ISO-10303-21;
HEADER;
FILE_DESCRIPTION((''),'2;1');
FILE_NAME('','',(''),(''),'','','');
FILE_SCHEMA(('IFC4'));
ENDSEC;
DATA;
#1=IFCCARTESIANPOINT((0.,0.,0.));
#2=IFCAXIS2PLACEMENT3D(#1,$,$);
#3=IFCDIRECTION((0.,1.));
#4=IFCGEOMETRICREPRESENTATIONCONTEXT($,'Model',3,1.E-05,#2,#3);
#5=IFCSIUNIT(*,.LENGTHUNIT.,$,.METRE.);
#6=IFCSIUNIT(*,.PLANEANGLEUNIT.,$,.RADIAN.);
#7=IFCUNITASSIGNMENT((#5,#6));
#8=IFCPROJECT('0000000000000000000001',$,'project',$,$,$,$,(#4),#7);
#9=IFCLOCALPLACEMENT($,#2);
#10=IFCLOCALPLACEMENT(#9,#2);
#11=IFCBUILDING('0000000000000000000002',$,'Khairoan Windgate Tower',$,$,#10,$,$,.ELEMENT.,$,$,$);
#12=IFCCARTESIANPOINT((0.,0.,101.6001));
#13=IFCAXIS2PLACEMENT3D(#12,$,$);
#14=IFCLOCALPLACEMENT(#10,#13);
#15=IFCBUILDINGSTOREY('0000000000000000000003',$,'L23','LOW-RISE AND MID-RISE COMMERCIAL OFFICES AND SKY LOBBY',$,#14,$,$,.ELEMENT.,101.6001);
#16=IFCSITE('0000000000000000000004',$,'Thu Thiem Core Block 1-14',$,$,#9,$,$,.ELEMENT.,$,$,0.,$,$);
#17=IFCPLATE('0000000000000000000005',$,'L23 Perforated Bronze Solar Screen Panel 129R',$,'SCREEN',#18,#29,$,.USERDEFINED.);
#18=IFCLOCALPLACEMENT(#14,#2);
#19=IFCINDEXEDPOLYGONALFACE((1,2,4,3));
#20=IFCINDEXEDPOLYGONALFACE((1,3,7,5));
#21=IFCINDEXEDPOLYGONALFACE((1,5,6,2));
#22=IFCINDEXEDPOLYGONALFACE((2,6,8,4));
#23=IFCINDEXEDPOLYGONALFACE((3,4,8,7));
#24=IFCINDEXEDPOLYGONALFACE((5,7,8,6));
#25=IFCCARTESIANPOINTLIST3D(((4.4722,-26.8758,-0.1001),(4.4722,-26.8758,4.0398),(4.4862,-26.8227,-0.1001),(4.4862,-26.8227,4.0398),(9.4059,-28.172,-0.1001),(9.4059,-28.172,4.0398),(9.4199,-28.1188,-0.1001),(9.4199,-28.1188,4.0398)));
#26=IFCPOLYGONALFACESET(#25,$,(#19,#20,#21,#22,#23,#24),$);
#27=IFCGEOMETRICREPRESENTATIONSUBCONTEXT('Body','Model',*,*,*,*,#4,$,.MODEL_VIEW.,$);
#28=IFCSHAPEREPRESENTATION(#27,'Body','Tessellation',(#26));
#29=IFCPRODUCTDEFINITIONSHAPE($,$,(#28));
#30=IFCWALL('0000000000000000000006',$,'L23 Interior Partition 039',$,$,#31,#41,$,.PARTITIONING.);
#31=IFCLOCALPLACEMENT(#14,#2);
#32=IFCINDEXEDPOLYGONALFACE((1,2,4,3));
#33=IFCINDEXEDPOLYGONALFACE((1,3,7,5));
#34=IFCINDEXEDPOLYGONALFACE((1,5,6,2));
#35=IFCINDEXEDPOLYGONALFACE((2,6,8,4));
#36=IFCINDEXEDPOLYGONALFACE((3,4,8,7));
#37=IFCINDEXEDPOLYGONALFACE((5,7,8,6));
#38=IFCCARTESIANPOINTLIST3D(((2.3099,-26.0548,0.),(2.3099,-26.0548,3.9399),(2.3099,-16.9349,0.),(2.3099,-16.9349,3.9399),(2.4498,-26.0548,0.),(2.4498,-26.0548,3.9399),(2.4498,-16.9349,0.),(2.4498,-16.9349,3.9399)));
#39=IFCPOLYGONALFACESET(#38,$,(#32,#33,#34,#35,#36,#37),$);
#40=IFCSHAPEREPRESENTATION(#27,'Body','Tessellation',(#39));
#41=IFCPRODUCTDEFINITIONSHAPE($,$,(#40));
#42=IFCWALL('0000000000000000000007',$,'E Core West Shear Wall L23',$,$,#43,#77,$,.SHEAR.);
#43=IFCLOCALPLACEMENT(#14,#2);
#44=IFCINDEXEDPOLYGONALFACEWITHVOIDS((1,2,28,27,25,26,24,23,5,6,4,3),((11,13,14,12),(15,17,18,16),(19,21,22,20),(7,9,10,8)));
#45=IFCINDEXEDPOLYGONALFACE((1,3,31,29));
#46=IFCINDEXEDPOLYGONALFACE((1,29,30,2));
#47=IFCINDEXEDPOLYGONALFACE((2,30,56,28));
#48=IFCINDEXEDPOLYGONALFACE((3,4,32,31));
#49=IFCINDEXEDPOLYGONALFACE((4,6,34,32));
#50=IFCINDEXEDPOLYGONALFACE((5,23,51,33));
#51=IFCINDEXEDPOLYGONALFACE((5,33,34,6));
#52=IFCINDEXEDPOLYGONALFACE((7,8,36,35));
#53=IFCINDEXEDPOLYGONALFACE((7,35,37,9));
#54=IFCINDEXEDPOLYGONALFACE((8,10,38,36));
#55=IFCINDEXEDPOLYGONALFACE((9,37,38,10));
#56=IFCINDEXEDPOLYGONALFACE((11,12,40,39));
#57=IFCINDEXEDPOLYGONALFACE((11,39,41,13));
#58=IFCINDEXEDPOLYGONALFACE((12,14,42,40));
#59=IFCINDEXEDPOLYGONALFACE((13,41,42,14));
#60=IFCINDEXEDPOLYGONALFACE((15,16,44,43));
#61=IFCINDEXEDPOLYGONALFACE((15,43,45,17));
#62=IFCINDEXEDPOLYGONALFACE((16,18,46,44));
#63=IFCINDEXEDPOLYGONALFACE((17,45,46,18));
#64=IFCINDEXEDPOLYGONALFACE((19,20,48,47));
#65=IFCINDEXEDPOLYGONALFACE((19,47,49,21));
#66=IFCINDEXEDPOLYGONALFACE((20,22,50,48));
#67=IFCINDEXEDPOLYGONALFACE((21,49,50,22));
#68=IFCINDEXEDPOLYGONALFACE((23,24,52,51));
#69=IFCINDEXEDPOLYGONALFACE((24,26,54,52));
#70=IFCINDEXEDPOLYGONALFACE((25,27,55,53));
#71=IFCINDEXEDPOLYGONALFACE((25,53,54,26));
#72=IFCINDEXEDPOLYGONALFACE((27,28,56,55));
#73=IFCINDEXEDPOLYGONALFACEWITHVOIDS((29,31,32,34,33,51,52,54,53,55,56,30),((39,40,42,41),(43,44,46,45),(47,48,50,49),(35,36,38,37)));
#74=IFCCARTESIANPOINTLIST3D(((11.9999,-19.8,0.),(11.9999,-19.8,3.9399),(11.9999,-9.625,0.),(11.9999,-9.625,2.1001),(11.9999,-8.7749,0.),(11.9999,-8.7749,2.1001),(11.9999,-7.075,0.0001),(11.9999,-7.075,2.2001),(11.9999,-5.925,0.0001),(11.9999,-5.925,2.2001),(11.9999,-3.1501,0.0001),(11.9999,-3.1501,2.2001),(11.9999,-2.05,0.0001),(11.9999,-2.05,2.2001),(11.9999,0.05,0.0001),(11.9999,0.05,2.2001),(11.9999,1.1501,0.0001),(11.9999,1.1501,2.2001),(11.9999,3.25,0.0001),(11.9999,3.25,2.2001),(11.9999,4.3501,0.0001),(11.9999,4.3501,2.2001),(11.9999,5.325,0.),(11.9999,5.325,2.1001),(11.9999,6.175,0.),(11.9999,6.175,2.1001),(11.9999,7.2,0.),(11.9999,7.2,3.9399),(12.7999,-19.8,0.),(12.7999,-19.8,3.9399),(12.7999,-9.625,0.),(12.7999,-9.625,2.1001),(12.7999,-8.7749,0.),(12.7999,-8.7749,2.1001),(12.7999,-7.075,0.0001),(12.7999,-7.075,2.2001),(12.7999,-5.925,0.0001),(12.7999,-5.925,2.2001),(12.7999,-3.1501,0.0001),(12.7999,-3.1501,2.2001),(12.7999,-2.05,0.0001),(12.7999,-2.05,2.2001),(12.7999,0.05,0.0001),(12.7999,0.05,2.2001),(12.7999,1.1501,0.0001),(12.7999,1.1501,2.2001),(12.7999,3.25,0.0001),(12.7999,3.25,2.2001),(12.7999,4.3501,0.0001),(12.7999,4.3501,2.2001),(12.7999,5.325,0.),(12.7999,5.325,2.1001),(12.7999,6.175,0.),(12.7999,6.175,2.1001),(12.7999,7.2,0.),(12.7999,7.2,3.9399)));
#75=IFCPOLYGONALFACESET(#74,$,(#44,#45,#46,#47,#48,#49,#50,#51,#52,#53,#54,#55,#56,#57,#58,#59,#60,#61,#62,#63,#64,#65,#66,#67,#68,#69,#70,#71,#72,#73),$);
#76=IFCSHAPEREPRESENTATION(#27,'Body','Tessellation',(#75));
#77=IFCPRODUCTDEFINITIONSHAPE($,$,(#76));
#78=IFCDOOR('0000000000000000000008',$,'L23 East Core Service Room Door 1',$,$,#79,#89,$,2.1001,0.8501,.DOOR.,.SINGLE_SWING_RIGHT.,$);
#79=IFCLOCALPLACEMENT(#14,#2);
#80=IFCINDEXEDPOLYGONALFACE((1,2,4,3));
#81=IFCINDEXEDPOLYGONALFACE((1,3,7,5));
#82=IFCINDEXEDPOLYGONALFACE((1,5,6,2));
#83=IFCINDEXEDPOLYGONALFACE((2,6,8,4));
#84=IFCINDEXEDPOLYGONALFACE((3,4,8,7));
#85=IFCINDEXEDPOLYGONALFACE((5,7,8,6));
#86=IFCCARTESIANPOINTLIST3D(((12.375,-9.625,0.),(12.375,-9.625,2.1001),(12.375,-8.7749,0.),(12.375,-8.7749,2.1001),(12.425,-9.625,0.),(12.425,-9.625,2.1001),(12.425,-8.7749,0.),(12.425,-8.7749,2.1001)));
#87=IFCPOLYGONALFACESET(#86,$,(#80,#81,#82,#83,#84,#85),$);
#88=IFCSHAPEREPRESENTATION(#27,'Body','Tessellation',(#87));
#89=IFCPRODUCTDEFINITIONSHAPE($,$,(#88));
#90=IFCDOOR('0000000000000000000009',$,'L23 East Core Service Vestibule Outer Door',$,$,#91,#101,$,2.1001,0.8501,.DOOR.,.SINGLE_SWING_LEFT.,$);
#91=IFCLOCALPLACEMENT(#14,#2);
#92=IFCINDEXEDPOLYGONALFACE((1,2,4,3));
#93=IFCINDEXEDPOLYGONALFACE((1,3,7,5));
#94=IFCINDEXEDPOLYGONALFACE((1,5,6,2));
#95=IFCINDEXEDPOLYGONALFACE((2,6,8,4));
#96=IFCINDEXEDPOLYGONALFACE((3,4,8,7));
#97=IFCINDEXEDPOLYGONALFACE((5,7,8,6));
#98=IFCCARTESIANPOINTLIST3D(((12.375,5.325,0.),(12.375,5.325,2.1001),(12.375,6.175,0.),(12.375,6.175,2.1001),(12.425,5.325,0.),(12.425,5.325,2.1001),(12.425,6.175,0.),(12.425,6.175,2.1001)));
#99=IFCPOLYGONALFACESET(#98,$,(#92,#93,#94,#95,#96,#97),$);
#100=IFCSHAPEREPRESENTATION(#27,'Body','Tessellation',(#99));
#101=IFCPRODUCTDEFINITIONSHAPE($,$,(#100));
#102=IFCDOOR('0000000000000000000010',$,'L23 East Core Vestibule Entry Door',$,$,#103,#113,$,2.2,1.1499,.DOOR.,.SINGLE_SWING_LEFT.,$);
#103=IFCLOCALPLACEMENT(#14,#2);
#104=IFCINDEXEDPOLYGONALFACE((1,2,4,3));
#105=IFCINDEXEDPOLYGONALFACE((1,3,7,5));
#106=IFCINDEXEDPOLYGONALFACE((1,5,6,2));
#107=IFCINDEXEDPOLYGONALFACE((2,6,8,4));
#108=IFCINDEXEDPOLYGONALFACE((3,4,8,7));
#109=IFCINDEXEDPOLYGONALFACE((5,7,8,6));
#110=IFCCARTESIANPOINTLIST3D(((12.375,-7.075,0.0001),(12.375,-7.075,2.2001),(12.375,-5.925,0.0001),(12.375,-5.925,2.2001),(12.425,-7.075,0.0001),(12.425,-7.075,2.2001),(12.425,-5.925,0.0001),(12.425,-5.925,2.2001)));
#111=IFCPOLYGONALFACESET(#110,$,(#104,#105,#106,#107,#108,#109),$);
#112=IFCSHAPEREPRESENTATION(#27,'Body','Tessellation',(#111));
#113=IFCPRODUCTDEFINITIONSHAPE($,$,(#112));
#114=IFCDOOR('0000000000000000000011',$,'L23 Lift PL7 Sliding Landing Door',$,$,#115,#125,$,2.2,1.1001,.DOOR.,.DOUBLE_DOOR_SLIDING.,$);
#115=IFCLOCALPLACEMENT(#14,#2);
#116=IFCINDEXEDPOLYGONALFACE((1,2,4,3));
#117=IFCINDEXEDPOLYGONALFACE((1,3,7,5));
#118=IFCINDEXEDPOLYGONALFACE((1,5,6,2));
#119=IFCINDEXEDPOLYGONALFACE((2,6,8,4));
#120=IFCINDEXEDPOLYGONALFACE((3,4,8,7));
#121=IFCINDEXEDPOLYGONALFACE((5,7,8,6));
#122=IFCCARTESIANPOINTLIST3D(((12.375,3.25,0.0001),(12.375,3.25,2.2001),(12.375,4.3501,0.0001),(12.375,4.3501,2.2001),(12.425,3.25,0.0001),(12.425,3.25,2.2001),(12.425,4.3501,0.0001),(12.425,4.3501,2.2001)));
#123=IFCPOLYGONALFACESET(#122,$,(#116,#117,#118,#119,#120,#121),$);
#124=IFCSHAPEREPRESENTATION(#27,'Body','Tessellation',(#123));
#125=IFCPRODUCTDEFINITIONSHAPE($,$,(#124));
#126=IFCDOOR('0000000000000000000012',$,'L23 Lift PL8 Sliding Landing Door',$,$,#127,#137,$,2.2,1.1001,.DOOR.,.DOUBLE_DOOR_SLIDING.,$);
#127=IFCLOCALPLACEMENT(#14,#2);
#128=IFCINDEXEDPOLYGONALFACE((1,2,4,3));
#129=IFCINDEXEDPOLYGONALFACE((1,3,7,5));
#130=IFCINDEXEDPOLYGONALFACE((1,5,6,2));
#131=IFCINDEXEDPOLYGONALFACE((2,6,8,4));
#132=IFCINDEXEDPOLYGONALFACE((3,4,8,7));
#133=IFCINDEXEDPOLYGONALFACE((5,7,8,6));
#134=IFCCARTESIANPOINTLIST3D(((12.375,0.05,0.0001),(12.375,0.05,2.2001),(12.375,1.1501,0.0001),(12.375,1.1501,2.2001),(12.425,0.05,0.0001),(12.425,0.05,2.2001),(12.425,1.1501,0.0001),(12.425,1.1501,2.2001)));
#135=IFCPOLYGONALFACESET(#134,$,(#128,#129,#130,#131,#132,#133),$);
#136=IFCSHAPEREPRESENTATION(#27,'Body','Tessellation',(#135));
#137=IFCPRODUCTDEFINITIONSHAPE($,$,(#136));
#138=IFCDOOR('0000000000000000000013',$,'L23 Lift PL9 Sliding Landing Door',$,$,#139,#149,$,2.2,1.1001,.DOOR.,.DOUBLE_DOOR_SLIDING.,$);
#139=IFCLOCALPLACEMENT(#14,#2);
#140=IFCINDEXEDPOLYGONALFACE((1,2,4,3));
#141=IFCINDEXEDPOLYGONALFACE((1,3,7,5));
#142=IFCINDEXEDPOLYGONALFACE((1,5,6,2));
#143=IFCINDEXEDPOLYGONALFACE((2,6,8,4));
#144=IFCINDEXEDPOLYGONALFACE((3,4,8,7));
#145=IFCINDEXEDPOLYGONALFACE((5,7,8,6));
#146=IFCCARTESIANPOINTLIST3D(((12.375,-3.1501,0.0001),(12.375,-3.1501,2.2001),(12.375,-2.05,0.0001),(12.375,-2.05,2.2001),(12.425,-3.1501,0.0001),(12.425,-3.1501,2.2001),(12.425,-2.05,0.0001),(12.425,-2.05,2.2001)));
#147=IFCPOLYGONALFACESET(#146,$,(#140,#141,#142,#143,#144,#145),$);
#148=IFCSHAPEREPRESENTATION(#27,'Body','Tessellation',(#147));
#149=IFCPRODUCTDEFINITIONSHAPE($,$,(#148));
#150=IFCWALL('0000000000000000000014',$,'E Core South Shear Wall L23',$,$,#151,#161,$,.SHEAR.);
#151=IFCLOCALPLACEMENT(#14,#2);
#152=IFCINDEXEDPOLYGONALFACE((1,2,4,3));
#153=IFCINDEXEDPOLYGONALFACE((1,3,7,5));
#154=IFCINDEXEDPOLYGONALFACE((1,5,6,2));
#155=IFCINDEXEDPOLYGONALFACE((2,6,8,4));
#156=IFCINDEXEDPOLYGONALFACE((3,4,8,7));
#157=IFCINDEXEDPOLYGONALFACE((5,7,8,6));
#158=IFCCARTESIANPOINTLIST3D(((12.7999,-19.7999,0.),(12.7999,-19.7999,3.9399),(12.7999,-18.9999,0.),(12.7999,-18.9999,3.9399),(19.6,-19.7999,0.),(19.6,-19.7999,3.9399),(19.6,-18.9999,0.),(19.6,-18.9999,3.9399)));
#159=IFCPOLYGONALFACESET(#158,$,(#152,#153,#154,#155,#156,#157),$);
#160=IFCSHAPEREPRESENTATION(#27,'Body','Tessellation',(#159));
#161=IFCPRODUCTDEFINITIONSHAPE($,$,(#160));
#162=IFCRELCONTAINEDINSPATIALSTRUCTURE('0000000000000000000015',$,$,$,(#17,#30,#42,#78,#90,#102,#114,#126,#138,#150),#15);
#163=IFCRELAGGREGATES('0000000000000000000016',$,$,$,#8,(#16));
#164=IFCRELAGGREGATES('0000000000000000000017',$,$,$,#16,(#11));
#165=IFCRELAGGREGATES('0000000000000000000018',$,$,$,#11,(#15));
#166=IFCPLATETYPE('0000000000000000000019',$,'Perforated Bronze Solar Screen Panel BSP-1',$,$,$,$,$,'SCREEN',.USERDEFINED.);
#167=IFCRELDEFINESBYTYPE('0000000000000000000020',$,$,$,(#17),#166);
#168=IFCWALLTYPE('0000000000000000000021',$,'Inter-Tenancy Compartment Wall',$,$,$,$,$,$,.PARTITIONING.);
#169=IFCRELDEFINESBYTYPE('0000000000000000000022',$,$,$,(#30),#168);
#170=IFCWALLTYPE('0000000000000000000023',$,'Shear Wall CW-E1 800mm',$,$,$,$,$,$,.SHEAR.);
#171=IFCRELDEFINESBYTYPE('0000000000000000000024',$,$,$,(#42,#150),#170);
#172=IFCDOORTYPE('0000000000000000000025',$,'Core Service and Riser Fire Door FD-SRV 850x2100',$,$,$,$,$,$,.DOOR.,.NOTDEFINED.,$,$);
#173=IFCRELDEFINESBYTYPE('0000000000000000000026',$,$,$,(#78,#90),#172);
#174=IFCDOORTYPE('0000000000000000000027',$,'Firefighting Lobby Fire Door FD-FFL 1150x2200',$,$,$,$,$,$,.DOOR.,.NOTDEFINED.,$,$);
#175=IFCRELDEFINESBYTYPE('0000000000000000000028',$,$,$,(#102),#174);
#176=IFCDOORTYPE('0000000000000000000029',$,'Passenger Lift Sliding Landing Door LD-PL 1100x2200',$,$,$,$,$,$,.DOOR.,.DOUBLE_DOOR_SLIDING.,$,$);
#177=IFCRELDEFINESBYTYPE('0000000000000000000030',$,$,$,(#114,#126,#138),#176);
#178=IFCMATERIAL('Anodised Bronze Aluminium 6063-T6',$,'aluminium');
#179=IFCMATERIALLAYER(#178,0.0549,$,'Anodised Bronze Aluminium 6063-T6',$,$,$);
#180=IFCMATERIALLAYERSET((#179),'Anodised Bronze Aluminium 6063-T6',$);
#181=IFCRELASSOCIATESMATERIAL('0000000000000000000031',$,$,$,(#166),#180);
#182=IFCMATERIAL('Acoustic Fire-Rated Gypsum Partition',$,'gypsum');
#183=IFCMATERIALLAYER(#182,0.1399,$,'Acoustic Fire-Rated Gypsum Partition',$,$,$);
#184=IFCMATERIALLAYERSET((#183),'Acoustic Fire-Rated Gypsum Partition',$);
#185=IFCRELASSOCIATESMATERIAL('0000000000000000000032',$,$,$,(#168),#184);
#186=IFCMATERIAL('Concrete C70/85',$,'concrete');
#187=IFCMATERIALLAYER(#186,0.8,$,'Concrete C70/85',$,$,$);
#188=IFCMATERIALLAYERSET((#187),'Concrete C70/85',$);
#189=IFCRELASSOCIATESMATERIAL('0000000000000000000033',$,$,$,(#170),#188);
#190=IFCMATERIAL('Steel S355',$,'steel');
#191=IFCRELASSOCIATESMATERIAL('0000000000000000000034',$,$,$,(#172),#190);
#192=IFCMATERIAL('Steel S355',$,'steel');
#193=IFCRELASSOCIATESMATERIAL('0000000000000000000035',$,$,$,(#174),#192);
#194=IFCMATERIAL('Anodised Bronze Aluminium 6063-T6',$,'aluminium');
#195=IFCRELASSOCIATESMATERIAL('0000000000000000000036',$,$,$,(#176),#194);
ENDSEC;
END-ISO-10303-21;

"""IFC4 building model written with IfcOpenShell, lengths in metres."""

from ifc_helpers import new_model, si_unit, direction, frame, frame_2d, origin, origin_2d, place, context, subcontext, project, spatial, rectangle, extrude, material, layer, layer_set, type_object, element, fill, save


model = new_model("IFC4")

# Units and contexts
model_context = context("Model", 3, precision=1e-05, world=origin(), true_north=direction((0.0, 1.0)))
body_context = subcontext(model_context, "Body", "Model", "MODEL_VIEW")
ifc_project = project(units=[si_unit("LENGTHUNIT", "METRE"), si_unit("PLANEANGLEUNIT", "RADIAN")], contexts=[model_context])

# Site, building, storey
site_placement = place(None, origin())
site = spatial("IfcSite", under=ifc_project, at=site_placement, Name="Thu Thiem Core Block 1-14", CompositionType="ELEMENT", RefElevation=0.0)
building_placement = place(site_placement, origin())
building = spatial("IfcBuilding", under=site, at=building_placement, Name="Khairoan Windgate Tower", CompositionType="ELEMENT")
storey_placement = place(building_placement, frame((0.0, 0.0, 101.6001)))
storey = spatial("IfcBuildingStorey", under=building, at=storey_placement, Name="L23", Description="LOW-RISE AND MID-RISE COMMERCIAL OFFICES AND SKY LOBBY", CompositionType="ELEMENT", Elevation=101.6001)

# Plate
ifc_material_1 = material(Name="Anodised Bronze Aluminium 6063-T6", Category="aluminium")
ifc_layer_1 = layer(ifc_material_1, 0.0549, Name="Anodised Bronze Aluminium 6063-T6")
ifc_layer_set_1 = layer_set([ifc_layer_1], Name="Anodised Bronze Aluminium 6063-T6")
plate_type = type_object("IfcPlateType", Name="Perforated Bronze Solar Screen Panel BSP-1", ElementType="SCREEN", PredefinedType="USERDEFINED", material=ifc_layer_set_1)
plate_placement = place(storey_placement, frame((6.946, -27.4973, -0.1001), z_axis=(0.0, 0.0, 1.0), x_axis=(-0.967179, 0.254096, 0.0)))
element("IfcPlate", 1, at=plate_placement, inside=storey, type_object=plate_type, Name="L23 Perforated Bronze Solar Screen Panel 129R", ObjectType="SCREEN", PredefinedType="USERDEFINED", context=body_context, shape_type="SweptSolid", body=[
    extrude(rectangle(XDim=5.1011, YDim=0.0549, at=origin_2d()), origin(), (0.0, 0.0, 1.0), 4.1399),
])

# Wall
ifc_material_2 = material(Name="Acoustic Fire-Rated Gypsum Partition", Category="gypsum")
ifc_layer_2 = layer(ifc_material_2, 0.1399, Name="Acoustic Fire-Rated Gypsum Partition")
ifc_layer_set_2 = layer_set([ifc_layer_2], Name="Acoustic Fire-Rated Gypsum Partition")
wall_type_1 = type_object("IfcWallType", Name="Inter-Tenancy Compartment Wall", PredefinedType="PARTITIONING", material=ifc_layer_set_2)
wall_1_placement = place(storey_placement, frame((2.3799, -26.0549, 0.0), z_axis=(0.0, 0.0, 1.0), x_axis=(0.0, 1.0, 0.0)))
element("IfcWall", 2, at=wall_1_placement, inside=storey, type_object=wall_type_1, Name="L23 Interior Partition 039", PredefinedType="PARTITIONING", context=body_context, shape_type="SweptSolid", body=[
    extrude(rectangle(XDim=9.1199, YDim=0.1399, at=frame_2d((4.5601, 0.0))), origin(), (0.0, 0.0, 1.0), 3.9399),
])

# Wall, openings, doors
ifc_material_3 = material(Name="Concrete C70/85", Category="concrete")
ifc_layer_3 = layer(ifc_material_3, 0.8, Name="Concrete C70/85")
ifc_layer_set_3 = layer_set([ifc_layer_3], Name="Concrete C70/85")
wall_type_2 = type_object("IfcWallType", Name="Shear Wall CW-E1 800mm", PredefinedType="SHEAR", material=ifc_layer_set_3)
wall_2_placement = place(storey_placement, frame((12.3999, -19.8, 0.0), z_axis=(0.0, 0.0, 1.0), x_axis=(0.0, 1.0, 0.0)))
wall_2 = element("IfcWall", 3, at=wall_2_placement, inside=storey, type_object=wall_type_2, Name="E Core West Shear Wall L23", PredefinedType="SHEAR", context=body_context, shape_type="SweptSolid", body=[
    extrude(rectangle(XDim=27.0, YDim=0.8, at=frame_2d((13.5, 0.0))), origin(), (0.0, 0.0, 1.0), 3.9399),
])
opening_1_placement = place(wall_2_placement, frame((23.05, 0.0, 0.0)))
opening_1 = element("IfcOpeningElement", 4, at=opening_1_placement, cuts=wall_2, PredefinedType="OPENING", context=body_context, shape_type="SweptSolid", body=[
    extrude(rectangle(XDim=1.1001, YDim=2.2, at=frame_2d((0.55, 1.1001))), frame((0.0, 0.4099, 0.0), z_axis=(0.0, -1.0, 0.0), x_axis=(1.0, 0.0, 0.0)), (0.0, 0.0, 1.0), 0.8201),
])
opening_2_placement = place(wall_2_placement, frame((19.8501, 0.0, 0.0)))
opening_2 = element("IfcOpeningElement", 5, at=opening_2_placement, cuts=wall_2, PredefinedType="OPENING", context=body_context, shape_type="SweptSolid", body=[
    extrude(rectangle(XDim=1.1001, YDim=2.2, at=frame_2d((0.55, 1.1001))), frame((0.0, 0.4099, 0.0), z_axis=(0.0, -1.0, 0.0), x_axis=(1.0, 0.0, 0.0)), (0.0, 0.0, 1.0), 0.8201),
])
opening_3_placement = place(wall_2_placement, frame((16.6499, 0.0, 0.0)))
opening_3 = element("IfcOpeningElement", 6, at=opening_3_placement, cuts=wall_2, PredefinedType="OPENING", context=body_context, shape_type="SweptSolid", body=[
    extrude(rectangle(XDim=1.1001, YDim=2.2, at=frame_2d((0.55, 1.1001))), frame((0.0, 0.4099, 0.0), z_axis=(0.0, -1.0, 0.0), x_axis=(1.0, 0.0, 0.0)), (0.0, 0.0, 1.0), 0.8201),
])
opening_4_placement = place(wall_2_placement, frame((10.175, 0.0, 0.0)))
opening_4 = element("IfcOpeningElement", 7, at=opening_4_placement, cuts=wall_2, PredefinedType="OPENING", context=body_context, shape_type="SweptSolid", body=[
    extrude(rectangle(XDim=0.8501, YDim=2.1001, at=frame_2d((0.425, 1.05))), frame((0.0, 0.4099, 0.0), z_axis=(0.0, -1.0, 0.0), x_axis=(1.0, 0.0, 0.0)), (0.0, 0.0, 1.0), 0.8201),
])
opening_5_placement = place(wall_2_placement, frame((12.7251, 0.0, 0.0)))
opening_5 = element("IfcOpeningElement", 8, at=opening_5_placement, cuts=wall_2, PredefinedType="OPENING", context=body_context, shape_type="SweptSolid", body=[
    extrude(rectangle(XDim=1.1499, YDim=2.2, at=frame_2d((0.575, 1.1001))), frame((0.0, 0.4099, 0.0), z_axis=(0.0, -1.0, 0.0), x_axis=(1.0, 0.0, 0.0)), (0.0, 0.0, 1.0), 0.8201),
])
opening_6_placement = place(wall_2_placement, frame((25.125, 0.0, 0.0)))
opening_6 = element("IfcOpeningElement", 9, at=opening_6_placement, cuts=wall_2, PredefinedType="OPENING", context=body_context, shape_type="SweptSolid", body=[
    extrude(rectangle(XDim=0.8501, YDim=2.1001, at=frame_2d((0.425, 1.05))), frame((0.0, 0.4099, 0.0), z_axis=(0.0, -1.0, 0.0), x_axis=(1.0, 0.0, 0.0)), (0.0, 0.0, 1.0), 0.8201),
])
ifc_material_4 = material(Name="Steel S355", Category="steel")
door_type_1 = type_object("IfcDoorType", Name="Core Service and Riser Fire Door FD-SRV 850x2100", OperationType="NOTDEFINED", PredefinedType="DOOR", material=ifc_material_4)
door_1_placement = place(opening_4_placement, origin())
door_1 = element("IfcDoor", 10, at=door_1_placement, inside=storey, type_object=door_type_1, Name="L23 East Core Service Room Door 1", OperationType="SINGLE_SWING_RIGHT", OverallHeight=2.1001, OverallWidth=0.8501, PredefinedType="DOOR", context=body_context, shape_type="SweptSolid", body=[
    extrude(rectangle(XDim=0.8501, YDim=2.1001, at=frame_2d((0.425, 1.05))), frame((0.0, 0.0249, 0.0), z_axis=(0.0, -1.0, 0.0), x_axis=(1.0, 0.0, 0.0)), (0.0, 0.0, 1.0), 0.05),
])
fill(opening_4, door_1)
door_2_placement = place(opening_6_placement, origin())
door_2 = element("IfcDoor", 11, at=door_2_placement, inside=storey, type_object=door_type_1, Name="L23 East Core Service Vestibule Outer Door", OperationType="SINGLE_SWING_LEFT", OverallHeight=2.1001, OverallWidth=0.8501, PredefinedType="DOOR", context=body_context, shape_type="SweptSolid", body=[
    extrude(rectangle(XDim=0.8501, YDim=2.1001, at=frame_2d((0.425, 1.05))), frame((0.0, 0.0249, 0.0), z_axis=(0.0, -1.0, 0.0), x_axis=(1.0, 0.0, 0.0)), (0.0, 0.0, 1.0), 0.05),
])
fill(opening_6, door_2)
ifc_material_5 = material(Name="Steel S355", Category="steel")
door_type_2 = type_object("IfcDoorType", Name="Firefighting Lobby Fire Door FD-FFL 1150x2200", OperationType="NOTDEFINED", PredefinedType="DOOR", material=ifc_material_5)
door_3_placement = place(opening_5_placement, origin())
door_3 = element("IfcDoor", 12, at=door_3_placement, inside=storey, type_object=door_type_2, Name="L23 East Core Vestibule Entry Door", OperationType="SINGLE_SWING_LEFT", OverallHeight=2.2, OverallWidth=1.1499, PredefinedType="DOOR", context=body_context, shape_type="SweptSolid", body=[
    extrude(rectangle(XDim=1.1499, YDim=2.2, at=frame_2d((0.575, 1.1001))), frame((0.0, 0.0249, 0.0), z_axis=(0.0, -1.0, 0.0), x_axis=(1.0, 0.0, 0.0)), (0.0, 0.0, 1.0), 0.05),
])
fill(opening_5, door_3)
ifc_material_6 = material(Name="Anodised Bronze Aluminium 6063-T6", Category="aluminium")
door_type_3 = type_object("IfcDoorType", Name="Passenger Lift Sliding Landing Door LD-PL 1100x2200", OperationType="DOUBLE_DOOR_SLIDING", PredefinedType="DOOR", material=ifc_material_6)
door_4_placement = place(opening_1_placement, origin())
door_4 = element("IfcDoor", 13, at=door_4_placement, inside=storey, type_object=door_type_3, Name="L23 Lift PL7 Sliding Landing Door", OperationType="DOUBLE_DOOR_SLIDING", OverallHeight=2.2, OverallWidth=1.1001, PredefinedType="DOOR", context=body_context, shape_type="SweptSolid", body=[
    extrude(rectangle(XDim=1.1001, YDim=2.2, at=frame_2d((0.55, 1.1001))), frame((0.0, 0.0249, 0.0), z_axis=(0.0, -1.0, 0.0), x_axis=(1.0, 0.0, 0.0)), (0.0, 0.0, 1.0), 0.05),
])
fill(opening_1, door_4)
door_5_placement = place(opening_2_placement, origin())
door_5 = element("IfcDoor", 14, at=door_5_placement, inside=storey, type_object=door_type_3, Name="L23 Lift PL8 Sliding Landing Door", OperationType="DOUBLE_DOOR_SLIDING", OverallHeight=2.2, OverallWidth=1.1001, PredefinedType="DOOR", context=body_context, shape_type="SweptSolid", body=[
    extrude(rectangle(XDim=1.1001, YDim=2.2, at=frame_2d((0.55, 1.1001))), frame((0.0, 0.0249, 0.0), z_axis=(0.0, -1.0, 0.0), x_axis=(1.0, 0.0, 0.0)), (0.0, 0.0, 1.0), 0.05),
])
fill(opening_2, door_5)
door_6_placement = place(opening_3_placement, origin())
door_6 = element("IfcDoor", 15, at=door_6_placement, inside=storey, type_object=door_type_3, Name="L23 Lift PL9 Sliding Landing Door", OperationType="DOUBLE_DOOR_SLIDING", OverallHeight=2.2, OverallWidth=1.1001, PredefinedType="DOOR", context=body_context, shape_type="SweptSolid", body=[
    extrude(rectangle(XDim=1.1001, YDim=2.2, at=frame_2d((0.55, 1.1001))), frame((0.0, 0.0249, 0.0), z_axis=(0.0, -1.0, 0.0), x_axis=(1.0, 0.0, 0.0)), (0.0, 0.0, 1.0), 0.05),
])
fill(opening_3, door_6)

# Wall
wall_3_placement = place(storey_placement, frame((12.8, -19.3999, 0.0), z_axis=(0.0, 0.0, 1.0), x_axis=(1.0, 0.0, 0.0)))
element("IfcWall", 16, at=wall_3_placement, inside=storey, type_object=wall_type_2, Name="E Core South Shear Wall L23", PredefinedType="SHEAR", context=body_context, shape_type="SweptSolid", body=[
    extrude(rectangle(XDim=6.8, YDim=0.8, at=frame_2d((3.3999, 0.0))), origin(), (0.0, 0.0, 1.0), 3.9399),
])

save(model, "model.ifc")
